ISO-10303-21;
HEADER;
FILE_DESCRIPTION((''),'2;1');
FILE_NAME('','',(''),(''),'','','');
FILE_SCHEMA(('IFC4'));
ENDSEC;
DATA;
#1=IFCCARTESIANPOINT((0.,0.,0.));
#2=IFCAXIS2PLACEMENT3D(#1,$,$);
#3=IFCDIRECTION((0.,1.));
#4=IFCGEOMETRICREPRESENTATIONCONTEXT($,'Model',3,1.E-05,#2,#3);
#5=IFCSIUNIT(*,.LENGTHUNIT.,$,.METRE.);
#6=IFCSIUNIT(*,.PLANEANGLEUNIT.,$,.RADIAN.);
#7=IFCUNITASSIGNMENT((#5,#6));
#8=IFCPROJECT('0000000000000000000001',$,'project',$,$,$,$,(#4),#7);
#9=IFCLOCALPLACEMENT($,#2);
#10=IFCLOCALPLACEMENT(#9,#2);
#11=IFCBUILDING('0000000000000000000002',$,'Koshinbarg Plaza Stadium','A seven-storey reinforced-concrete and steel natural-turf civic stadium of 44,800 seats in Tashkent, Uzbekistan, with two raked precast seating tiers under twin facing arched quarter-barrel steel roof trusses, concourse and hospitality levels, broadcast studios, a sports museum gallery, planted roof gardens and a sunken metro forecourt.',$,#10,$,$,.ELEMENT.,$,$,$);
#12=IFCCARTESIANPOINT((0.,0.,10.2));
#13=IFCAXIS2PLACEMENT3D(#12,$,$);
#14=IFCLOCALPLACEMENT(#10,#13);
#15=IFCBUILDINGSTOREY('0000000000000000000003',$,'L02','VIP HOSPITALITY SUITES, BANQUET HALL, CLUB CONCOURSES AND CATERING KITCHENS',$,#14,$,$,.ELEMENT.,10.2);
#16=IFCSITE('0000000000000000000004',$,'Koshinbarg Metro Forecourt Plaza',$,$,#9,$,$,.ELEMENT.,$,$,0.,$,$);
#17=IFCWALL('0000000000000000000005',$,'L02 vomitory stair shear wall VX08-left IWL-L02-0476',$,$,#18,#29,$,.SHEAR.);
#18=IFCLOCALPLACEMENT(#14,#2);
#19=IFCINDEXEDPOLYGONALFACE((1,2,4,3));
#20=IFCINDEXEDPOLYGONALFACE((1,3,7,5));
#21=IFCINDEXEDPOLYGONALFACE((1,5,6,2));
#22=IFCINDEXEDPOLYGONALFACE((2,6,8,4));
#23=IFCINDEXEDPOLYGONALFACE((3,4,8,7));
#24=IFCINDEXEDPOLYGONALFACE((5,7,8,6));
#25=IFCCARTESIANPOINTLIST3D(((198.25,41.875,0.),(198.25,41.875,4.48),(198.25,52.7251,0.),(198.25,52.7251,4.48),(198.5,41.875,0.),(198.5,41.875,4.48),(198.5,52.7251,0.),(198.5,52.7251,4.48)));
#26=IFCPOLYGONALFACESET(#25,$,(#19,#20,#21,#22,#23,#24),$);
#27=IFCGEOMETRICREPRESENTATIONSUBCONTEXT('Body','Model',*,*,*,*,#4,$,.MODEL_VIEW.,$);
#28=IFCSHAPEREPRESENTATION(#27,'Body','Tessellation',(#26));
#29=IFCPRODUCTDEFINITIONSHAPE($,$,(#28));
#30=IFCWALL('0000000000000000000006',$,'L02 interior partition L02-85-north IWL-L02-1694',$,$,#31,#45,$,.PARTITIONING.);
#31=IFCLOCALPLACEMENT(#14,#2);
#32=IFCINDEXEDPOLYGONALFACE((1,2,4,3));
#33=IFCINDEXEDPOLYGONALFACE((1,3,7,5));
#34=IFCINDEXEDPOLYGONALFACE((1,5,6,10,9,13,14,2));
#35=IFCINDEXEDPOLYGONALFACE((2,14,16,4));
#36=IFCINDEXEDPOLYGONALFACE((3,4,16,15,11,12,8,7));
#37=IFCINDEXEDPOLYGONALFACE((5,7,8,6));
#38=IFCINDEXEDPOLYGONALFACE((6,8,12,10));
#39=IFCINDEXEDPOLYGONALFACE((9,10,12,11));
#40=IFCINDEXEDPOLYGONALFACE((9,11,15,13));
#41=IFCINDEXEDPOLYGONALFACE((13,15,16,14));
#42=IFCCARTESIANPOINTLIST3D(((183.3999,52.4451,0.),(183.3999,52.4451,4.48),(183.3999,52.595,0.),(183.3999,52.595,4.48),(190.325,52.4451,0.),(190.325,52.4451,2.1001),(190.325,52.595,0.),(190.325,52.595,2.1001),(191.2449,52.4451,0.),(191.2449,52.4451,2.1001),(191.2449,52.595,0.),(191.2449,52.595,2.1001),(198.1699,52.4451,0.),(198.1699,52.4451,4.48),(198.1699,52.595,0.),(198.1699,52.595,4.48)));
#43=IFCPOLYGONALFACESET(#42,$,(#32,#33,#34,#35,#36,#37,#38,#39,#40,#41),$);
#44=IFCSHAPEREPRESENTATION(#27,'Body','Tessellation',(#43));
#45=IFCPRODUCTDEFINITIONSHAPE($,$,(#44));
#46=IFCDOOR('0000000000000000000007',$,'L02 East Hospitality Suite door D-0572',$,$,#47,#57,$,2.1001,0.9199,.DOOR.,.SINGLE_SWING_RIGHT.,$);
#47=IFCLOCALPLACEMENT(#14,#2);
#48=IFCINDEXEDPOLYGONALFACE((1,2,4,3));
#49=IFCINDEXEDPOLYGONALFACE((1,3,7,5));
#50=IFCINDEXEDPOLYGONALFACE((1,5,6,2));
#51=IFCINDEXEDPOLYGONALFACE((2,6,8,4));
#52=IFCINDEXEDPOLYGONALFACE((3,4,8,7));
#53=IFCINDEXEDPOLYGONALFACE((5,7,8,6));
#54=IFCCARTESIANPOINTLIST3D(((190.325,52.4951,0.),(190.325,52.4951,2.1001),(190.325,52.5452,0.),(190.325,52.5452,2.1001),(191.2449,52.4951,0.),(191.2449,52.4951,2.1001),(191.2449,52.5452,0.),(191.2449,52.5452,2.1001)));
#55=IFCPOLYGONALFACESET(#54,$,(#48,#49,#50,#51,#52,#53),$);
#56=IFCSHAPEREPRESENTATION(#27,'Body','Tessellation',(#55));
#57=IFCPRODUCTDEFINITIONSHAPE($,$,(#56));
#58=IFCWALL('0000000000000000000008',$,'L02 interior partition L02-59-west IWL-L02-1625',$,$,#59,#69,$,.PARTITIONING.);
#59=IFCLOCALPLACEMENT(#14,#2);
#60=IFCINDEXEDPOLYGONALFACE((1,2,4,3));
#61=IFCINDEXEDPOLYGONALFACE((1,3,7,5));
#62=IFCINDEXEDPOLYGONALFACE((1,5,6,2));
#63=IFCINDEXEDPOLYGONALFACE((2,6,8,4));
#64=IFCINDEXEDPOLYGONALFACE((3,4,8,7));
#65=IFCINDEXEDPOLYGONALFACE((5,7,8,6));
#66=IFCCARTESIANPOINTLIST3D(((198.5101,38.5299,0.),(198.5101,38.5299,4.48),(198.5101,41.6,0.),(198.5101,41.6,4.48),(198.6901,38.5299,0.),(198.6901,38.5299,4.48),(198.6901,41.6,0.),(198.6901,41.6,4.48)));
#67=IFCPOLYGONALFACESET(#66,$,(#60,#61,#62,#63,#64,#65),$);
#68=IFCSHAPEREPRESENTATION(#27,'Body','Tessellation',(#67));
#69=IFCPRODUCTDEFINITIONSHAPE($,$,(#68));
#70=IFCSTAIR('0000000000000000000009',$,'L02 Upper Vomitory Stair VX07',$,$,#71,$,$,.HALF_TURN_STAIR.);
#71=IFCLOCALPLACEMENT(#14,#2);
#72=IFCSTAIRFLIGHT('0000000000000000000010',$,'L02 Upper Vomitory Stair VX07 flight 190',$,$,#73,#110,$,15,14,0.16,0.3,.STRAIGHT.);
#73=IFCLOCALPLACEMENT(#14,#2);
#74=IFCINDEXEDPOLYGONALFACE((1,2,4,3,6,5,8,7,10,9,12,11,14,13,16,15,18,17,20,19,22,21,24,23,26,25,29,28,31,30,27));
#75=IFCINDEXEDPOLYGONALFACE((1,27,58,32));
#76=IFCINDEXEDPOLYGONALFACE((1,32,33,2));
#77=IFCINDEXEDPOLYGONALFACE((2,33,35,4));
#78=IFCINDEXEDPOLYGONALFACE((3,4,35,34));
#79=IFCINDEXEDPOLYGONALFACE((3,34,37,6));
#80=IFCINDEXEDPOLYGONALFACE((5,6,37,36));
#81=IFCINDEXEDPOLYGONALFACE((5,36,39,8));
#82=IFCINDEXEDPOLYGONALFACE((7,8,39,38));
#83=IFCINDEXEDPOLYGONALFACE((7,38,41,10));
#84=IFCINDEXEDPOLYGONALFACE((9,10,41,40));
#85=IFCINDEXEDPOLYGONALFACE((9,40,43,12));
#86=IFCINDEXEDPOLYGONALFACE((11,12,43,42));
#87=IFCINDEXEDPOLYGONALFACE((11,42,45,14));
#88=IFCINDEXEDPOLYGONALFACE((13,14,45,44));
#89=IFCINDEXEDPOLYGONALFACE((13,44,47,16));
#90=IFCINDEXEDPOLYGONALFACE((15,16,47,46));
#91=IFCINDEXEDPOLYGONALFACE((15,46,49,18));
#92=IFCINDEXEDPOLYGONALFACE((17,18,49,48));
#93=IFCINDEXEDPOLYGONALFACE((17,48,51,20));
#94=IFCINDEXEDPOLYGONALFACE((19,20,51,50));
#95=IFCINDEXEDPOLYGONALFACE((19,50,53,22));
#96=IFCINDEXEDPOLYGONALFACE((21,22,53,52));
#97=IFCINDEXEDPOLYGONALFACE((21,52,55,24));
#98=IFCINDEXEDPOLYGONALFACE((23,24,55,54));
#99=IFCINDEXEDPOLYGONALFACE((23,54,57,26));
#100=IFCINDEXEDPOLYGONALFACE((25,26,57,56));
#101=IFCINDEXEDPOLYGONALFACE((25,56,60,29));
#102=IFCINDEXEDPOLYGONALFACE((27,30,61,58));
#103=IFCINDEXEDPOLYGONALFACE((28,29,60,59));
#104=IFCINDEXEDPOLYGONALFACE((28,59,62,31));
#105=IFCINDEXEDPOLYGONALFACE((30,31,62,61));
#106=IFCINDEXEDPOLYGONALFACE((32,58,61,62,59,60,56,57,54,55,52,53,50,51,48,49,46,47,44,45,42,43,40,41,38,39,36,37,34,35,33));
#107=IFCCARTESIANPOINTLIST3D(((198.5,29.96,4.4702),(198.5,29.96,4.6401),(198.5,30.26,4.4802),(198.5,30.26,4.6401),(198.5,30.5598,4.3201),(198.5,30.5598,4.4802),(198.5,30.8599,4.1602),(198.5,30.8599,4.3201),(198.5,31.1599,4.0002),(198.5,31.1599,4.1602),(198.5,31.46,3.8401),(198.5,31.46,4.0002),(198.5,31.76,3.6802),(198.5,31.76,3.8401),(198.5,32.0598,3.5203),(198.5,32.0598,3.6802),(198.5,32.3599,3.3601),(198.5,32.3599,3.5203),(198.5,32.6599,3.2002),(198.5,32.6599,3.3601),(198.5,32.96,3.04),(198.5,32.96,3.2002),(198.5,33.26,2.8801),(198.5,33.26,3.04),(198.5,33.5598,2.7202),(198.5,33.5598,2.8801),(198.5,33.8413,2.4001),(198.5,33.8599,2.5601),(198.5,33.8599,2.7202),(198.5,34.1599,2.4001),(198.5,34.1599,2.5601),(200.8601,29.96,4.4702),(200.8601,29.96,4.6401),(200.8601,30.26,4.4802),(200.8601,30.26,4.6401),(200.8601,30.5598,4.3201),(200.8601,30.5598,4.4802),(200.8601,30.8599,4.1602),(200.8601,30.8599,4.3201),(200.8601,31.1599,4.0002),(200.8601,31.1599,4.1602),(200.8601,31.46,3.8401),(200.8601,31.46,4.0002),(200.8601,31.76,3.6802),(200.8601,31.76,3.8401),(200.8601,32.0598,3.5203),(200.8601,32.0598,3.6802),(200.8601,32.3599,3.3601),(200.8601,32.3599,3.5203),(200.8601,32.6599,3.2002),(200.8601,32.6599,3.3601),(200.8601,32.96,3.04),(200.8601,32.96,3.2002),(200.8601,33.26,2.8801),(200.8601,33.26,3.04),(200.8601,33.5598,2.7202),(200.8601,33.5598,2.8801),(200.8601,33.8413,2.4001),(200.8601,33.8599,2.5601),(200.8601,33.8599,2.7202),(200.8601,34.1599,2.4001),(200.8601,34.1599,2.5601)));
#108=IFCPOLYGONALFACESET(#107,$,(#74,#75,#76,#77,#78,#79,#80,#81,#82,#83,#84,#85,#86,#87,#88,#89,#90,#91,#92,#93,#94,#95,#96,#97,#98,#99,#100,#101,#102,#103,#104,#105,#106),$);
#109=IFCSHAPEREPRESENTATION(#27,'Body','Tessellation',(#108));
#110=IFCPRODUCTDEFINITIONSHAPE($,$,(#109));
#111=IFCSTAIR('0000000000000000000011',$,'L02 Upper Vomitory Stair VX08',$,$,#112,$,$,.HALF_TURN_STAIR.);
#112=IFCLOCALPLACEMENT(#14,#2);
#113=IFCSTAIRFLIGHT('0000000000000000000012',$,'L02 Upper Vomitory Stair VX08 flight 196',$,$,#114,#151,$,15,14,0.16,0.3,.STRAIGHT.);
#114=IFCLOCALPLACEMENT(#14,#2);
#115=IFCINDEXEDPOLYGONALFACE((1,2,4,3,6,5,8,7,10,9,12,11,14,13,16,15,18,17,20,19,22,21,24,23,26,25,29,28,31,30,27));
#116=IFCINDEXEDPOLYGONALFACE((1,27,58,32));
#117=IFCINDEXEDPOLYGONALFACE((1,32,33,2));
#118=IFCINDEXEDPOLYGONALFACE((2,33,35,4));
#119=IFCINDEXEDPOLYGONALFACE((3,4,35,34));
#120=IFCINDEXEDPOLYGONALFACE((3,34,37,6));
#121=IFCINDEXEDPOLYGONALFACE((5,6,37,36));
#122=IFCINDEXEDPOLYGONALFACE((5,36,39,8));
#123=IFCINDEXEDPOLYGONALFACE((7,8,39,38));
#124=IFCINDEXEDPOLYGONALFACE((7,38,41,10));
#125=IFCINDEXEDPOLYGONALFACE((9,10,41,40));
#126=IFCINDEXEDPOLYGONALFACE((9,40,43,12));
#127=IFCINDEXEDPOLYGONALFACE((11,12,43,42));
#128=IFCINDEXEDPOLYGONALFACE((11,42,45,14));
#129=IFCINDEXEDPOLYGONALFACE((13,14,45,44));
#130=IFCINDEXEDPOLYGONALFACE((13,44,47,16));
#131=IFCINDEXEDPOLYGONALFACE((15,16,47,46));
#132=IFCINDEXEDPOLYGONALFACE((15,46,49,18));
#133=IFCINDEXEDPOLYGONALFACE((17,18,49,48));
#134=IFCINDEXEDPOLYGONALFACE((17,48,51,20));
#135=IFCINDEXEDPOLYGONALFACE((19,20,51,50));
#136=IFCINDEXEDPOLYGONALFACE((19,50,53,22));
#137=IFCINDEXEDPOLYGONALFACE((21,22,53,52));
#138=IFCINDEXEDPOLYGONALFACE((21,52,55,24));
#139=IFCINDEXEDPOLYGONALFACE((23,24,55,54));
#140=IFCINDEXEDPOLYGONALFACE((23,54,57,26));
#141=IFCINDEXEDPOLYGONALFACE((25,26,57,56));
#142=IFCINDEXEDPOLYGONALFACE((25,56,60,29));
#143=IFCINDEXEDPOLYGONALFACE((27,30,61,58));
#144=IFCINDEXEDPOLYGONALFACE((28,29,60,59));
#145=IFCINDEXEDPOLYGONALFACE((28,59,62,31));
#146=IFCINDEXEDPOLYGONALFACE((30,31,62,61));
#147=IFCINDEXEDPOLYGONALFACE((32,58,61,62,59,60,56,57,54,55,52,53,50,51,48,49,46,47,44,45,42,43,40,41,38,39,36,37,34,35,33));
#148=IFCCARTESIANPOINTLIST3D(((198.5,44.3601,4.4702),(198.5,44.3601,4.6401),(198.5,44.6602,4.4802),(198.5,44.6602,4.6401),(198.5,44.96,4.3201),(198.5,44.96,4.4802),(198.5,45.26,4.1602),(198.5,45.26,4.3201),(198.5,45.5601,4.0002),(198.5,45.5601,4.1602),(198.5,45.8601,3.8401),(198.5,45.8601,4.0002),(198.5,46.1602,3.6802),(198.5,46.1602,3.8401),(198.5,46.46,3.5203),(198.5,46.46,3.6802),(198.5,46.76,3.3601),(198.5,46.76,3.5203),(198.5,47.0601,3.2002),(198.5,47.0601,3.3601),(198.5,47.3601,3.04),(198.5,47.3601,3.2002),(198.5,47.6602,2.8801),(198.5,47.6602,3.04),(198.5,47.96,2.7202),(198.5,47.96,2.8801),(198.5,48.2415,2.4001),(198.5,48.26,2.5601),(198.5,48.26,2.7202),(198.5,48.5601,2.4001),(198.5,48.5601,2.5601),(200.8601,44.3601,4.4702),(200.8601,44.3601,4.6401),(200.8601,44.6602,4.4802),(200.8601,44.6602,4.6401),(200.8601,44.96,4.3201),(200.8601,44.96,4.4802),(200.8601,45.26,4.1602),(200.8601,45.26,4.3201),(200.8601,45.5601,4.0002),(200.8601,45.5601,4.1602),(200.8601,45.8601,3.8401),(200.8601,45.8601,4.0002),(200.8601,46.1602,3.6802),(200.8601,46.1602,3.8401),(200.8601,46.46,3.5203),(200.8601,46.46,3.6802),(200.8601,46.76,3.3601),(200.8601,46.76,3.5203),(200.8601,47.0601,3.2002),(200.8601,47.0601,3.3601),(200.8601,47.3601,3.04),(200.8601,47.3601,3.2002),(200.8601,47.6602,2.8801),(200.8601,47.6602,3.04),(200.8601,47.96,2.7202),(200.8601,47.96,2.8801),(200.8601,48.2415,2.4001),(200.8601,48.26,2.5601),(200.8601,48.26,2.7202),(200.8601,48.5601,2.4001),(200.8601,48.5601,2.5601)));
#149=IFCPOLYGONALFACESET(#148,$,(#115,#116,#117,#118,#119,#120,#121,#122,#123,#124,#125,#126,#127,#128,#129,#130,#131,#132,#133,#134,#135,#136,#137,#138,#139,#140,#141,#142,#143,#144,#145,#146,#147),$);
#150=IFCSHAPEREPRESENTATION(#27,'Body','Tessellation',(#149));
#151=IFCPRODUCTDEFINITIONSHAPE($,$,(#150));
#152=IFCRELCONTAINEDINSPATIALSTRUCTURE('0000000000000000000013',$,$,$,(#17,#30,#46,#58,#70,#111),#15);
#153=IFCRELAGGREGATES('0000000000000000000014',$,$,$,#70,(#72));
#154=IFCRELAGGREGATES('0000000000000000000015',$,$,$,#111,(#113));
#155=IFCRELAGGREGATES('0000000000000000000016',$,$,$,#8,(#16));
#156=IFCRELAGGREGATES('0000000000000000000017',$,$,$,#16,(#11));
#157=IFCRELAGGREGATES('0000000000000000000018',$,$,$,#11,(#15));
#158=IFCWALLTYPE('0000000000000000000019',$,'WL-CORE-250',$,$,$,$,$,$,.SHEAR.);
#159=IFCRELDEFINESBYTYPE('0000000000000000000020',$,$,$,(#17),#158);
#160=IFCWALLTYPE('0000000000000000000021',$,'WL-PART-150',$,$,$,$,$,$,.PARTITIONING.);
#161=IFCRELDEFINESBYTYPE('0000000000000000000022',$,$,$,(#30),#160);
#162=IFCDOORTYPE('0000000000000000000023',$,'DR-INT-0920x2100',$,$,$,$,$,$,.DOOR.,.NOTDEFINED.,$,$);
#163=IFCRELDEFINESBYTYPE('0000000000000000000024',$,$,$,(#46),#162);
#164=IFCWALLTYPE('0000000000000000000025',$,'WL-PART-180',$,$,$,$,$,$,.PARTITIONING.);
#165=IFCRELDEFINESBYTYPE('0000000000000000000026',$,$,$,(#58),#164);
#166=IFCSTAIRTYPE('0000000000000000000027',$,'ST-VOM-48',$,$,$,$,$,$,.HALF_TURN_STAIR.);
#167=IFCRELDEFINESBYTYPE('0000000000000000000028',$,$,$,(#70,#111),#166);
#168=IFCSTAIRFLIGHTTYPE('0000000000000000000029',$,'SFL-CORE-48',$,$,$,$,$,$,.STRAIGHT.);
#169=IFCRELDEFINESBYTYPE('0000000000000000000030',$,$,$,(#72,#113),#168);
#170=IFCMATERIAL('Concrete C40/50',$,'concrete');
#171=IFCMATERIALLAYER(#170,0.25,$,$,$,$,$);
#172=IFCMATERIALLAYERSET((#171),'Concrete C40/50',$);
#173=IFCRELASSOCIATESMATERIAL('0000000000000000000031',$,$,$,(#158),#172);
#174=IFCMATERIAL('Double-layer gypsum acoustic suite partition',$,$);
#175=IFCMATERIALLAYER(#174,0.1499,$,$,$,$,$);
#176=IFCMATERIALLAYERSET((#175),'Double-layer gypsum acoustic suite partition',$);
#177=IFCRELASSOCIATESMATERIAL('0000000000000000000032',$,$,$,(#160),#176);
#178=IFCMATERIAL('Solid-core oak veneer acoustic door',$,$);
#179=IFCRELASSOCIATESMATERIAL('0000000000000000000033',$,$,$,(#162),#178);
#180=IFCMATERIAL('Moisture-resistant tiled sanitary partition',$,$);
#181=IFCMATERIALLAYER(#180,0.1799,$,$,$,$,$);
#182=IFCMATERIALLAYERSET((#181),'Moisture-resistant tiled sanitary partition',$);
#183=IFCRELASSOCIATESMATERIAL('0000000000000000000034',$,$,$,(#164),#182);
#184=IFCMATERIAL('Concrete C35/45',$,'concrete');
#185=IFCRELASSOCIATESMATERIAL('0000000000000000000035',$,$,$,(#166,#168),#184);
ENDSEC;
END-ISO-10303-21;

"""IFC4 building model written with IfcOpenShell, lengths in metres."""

from ifc_helpers import new_model, si_unit, direction, frame, frame_2d, origin, place, context, subcontext, project, spatial, polyline, rectangle, outline, extrude, material, layer, layer_set, type_object, element, fill, aggregate, save


model = new_model("IFC4")

# Units and contexts
model_context = context("Model", 3, precision=1e-05, world=origin(), true_north=direction((0.0, 1.0)))
body_context = subcontext(model_context, "Body", "Model", "MODEL_VIEW")
ifc_project = project(units=[si_unit("LENGTHUNIT", "METRE"), si_unit("PLANEANGLEUNIT", "RADIAN")], contexts=[model_context])

# Site, building, storey
site_placement = place(None, origin())
site = spatial("IfcSite", under=ifc_project, at=site_placement, Name="Koshinbarg Metro Forecourt Plaza", CompositionType="ELEMENT", RefElevation=0.0)
building_placement = place(site_placement, origin())
building = spatial("IfcBuilding", under=site, at=building_placement, Name="Koshinbarg Plaza Stadium", Description="A seven-storey reinforced-concrete and steel natural-turf civic stadium of 44,800 seats in Tashkent, Uzbekistan, with two raked precast seating tiers under twin facing arched quarter-barrel steel roof trusses, concourse and hospitality levels, broadcast studios, a sports museum gallery, planted roof gardens and a sunken metro forecourt.", CompositionType="ELEMENT")
storey_placement = place(building_placement, frame((0.0, 0.0, 10.2)))
storey = spatial("IfcBuildingStorey", under=building, at=storey_placement, Name="L02", Description="VIP HOSPITALITY SUITES, BANQUET HALL, CLUB CONCOURSES AND CATERING KITCHENS", CompositionType="ELEMENT", Elevation=10.2)

# Shared definitions
ifc_material_1 = material(Name="Concrete C40/50", Category="concrete")

# Wall
ifc_layer_1 = layer(ifc_material_1, 0.25)
ifc_layer_set_1 = layer_set([ifc_layer_1], Name="Concrete C40/50")
wall_type_1 = type_object("IfcWallType", Name="WL-CORE-250", PredefinedType="SHEAR", material=ifc_layer_set_1)
wall_1_placement = place(storey_placement, frame((198.375, 41.875, 0.0), z_axis=(0.0, 0.0, 1.0), x_axis=(0.0, 1.0, 0.0)))
element("IfcWall", 1, at=wall_1_placement, inside=storey, type_object=wall_type_1, Name="L02 vomitory stair shear wall VX08-left IWL-L02-0476", PredefinedType="SHEAR", context=body_context, shape_type="SweptSolid", body=[
    extrude(rectangle(XDim=10.8501, YDim=0.25, at=frame_2d((5.425, 0.0))), origin(), (0.0, 0.0, 1.0), 4.48),
])

# Wall, opening, door
ifc_material_2 = material(Name="Double-layer gypsum acoustic suite partition")
ifc_layer_2 = layer(ifc_material_2, 0.1499)
ifc_layer_set_2 = layer_set([ifc_layer_2], Name="Double-layer gypsum acoustic suite partition")
wall_type_2 = type_object("IfcWallType", Name="WL-PART-150", PredefinedType="PARTITIONING", material=ifc_layer_set_2)
wall_2_placement = place(storey_placement, frame((198.1699, 52.52, 0.0), z_axis=(0.0, 0.0, 1.0), x_axis=(-1.0, 0.0, 0.0)))
wall_2 = element("IfcWall", 2, at=wall_2_placement, inside=storey, type_object=wall_type_2, Name="L02 interior partition L02-85-north IWL-L02-1694", PredefinedType="PARTITIONING", context=body_context, shape_type="SweptSolid", body=[
    extrude(rectangle(XDim=14.77, YDim=0.1499, at=frame_2d((7.385, 0.0))), origin(), (0.0, 0.0, 1.0), 4.48),
])
opening_placement = place(wall_2_placement, frame((6.925, 0.0, 0.0)))
opening = element("IfcOpeningElement", 3, at=opening_placement, cuts=wall_2, PredefinedType="OPENING", context=body_context, shape_type="SweptSolid", body=[
    extrude(rectangle(XDim=0.9199, YDim=2.1001, at=frame_2d((0.46, 1.05))), frame((0.0, 0.085, 0.0), z_axis=(0.0, -1.0, 0.0), x_axis=(1.0, 0.0, 0.0)), (0.0, 0.0, 1.0), 0.1699),
])
ifc_material_3 = material(Name="Solid-core oak veneer acoustic door")
door_type = type_object("IfcDoorType", Name="DR-INT-0920x2100", OperationType="NOTDEFINED", PredefinedType="DOOR", material=ifc_material_3)
door_placement = place(opening_placement, origin())
door = element("IfcDoor", 4, at=door_placement, inside=storey, type_object=door_type, Name="L02 East Hospitality Suite door D-0572", OperationType="SINGLE_SWING_RIGHT", OverallHeight=2.1001, OverallWidth=0.9199, PredefinedType="DOOR", context=body_context, shape_type="SweptSolid", body=[
    extrude(rectangle(XDim=0.9199, YDim=2.1001, at=frame_2d((0.46, 1.05))), frame((0.0, 0.0249, 0.0), z_axis=(0.0, -1.0, 0.0), x_axis=(1.0, 0.0, 0.0)), (0.0, 0.0, 1.0), 0.05),
])
fill(opening, door)

# Wall
ifc_material_4 = material(Name="Moisture-resistant tiled sanitary partition")
ifc_layer_3 = layer(ifc_material_4, 0.1799)
ifc_layer_set_3 = layer_set([ifc_layer_3], Name="Moisture-resistant tiled sanitary partition")
wall_type_3 = type_object("IfcWallType", Name="WL-PART-180", PredefinedType="PARTITIONING", material=ifc_layer_set_3)
wall_3_placement = place(storey_placement, frame((198.6001, 41.6001, 0.0), z_axis=(0.0, 0.0, 1.0), x_axis=(0.0, -1.0, 0.0)))
element("IfcWall", 5, at=wall_3_placement, inside=storey, type_object=wall_type_3, Name="L02 interior partition L02-59-west IWL-L02-1625", PredefinedType="PARTITIONING", context=body_context, shape_type="SweptSolid", body=[
    extrude(rectangle(XDim=3.0701, YDim=0.1799, at=frame_2d((1.5352, 0.0))), origin(), (0.0, 0.0, 1.0), 4.48),
])

# Stairs, stair flights
ifc_material_5 = material(Name="Concrete C35/45", Category="concrete")
stair_type = type_object("IfcStairType", Name="ST-VOM-48", PredefinedType="HALF_TURN_STAIR", material=ifc_material_5)
stair_1_placement = place(storey_placement, origin())
stair_1 = element("IfcStair", 6, at=stair_1_placement, inside=storey, type_object=stair_type, Name="L02 Upper Vomitory Stair VX07", PredefinedType="HALF_TURN_STAIR")
stair_flight_type = type_object("IfcStairFlightType", Name="SFL-CORE-48", PredefinedType="STRAIGHT", material=ifc_material_5)
stair_flight_1_placement = place(storey_placement, frame((199.6799, 34.1599, 2.4001), z_axis=(0.0, 0.0, 1.0), x_axis=(0.0, -1.0, 0.0)))
stair_flight_1 = element("IfcStairFlight", 7, at=stair_flight_1_placement, type_object=stair_flight_type, Name="L02 Upper Vomitory Stair VX07 flight 190", NumberOfRisers=15, NumberOfTreads=14, PredefinedType="STRAIGHT", RiserHeight=0.16, TreadLength=0.3, context=body_context, shape_type="SweptSolid", body=[
    extrude(outline(polyline([(0.0, 0.0), (0.0, 0.1599), (0.3, 0.1599), (0.3, 0.3201), (0.6001, 0.3201), (0.6001, 0.48), (0.8999, 0.48), (0.8999, 0.6399), (1.2, 0.6399), (1.2, 0.8), (1.5, 0.8), (1.5, 0.96), (1.8, 0.96), (1.8, 1.1201), (2.1001, 1.1201), (2.1001, 1.28), (2.3999, 1.28), (2.3999, 1.4399), (2.7, 1.4399), (2.7, 1.6001), (3.0, 1.6001), (3.0, 1.76), (3.3, 1.76), (3.3, 1.9199), (3.6001, 1.9199), (3.6001, 2.0801), (3.8999, 2.0801), (3.8999, 2.24), (4.2, 2.24), (4.2, 2.3999), (4.2, 2.0701), (0.3186, 0.0), (0.0, 0.0)])), frame((0.0, 1.1802, 0.0), z_axis=(0.0, -1.0, 0.0), x_axis=(1.0, 0.0, 0.0)), (0.0, 0.0, 1.0), 2.3601),
])
aggregate(stair_1, [stair_flight_1])
stair_2_placement = place(storey_placement, origin())
stair_2 = element("IfcStair", 8, at=stair_2_placement, inside=storey, type_object=stair_type, Name="L02 Upper Vomitory Stair VX08", PredefinedType="HALF_TURN_STAIR")
stair_flight_2_placement = place(storey_placement, frame((199.6799, 48.5601, 2.4001), z_axis=(0.0, 0.0, 1.0), x_axis=(0.0, -1.0, 0.0)))
stair_flight_2 = element("IfcStairFlight", 9, at=stair_flight_2_placement, type_object=stair_flight_type, Name="L02 Upper Vomitory Stair VX08 flight 196", NumberOfRisers=15, NumberOfTreads=14, PredefinedType="STRAIGHT", RiserHeight=0.16, TreadLength=0.3, context=body_context, shape_type="SweptSolid", body=[
    extrude(outline(polyline([(0.0, 0.0), (0.0, 0.1599), (0.3, 0.1599), (0.3, 0.3201), (0.6001, 0.3201), (0.6001, 0.48), (0.8999, 0.48), (0.8999, 0.6399), (1.2, 0.6399), (1.2, 0.8), (1.5, 0.8), (1.5, 0.96), (1.8, 0.96), (1.8, 1.1201), (2.1001, 1.1201), (2.1001, 1.28), (2.3999, 1.28), (2.3999, 1.4399), (2.7, 1.4399), (2.7, 1.6001), (3.0, 1.6001), (3.0, 1.76), (3.3, 1.76), (3.3, 1.9199), (3.6001, 1.9199), (3.6001, 2.0801), (3.8999, 2.0801), (3.8999, 2.24), (4.2, 2.24), (4.2, 2.3999), (4.2, 2.0701), (0.3186, 0.0), (0.0, 0.0)])), frame((0.0, 1.1802, 0.0), z_axis=(0.0, -1.0, 0.0), x_axis=(1.0, 0.0, 0.0)), (0.0, 0.0, 1.0), 2.3601),
])
aggregate(stair_2, [stair_flight_2])

save(model, "model.ifc")
